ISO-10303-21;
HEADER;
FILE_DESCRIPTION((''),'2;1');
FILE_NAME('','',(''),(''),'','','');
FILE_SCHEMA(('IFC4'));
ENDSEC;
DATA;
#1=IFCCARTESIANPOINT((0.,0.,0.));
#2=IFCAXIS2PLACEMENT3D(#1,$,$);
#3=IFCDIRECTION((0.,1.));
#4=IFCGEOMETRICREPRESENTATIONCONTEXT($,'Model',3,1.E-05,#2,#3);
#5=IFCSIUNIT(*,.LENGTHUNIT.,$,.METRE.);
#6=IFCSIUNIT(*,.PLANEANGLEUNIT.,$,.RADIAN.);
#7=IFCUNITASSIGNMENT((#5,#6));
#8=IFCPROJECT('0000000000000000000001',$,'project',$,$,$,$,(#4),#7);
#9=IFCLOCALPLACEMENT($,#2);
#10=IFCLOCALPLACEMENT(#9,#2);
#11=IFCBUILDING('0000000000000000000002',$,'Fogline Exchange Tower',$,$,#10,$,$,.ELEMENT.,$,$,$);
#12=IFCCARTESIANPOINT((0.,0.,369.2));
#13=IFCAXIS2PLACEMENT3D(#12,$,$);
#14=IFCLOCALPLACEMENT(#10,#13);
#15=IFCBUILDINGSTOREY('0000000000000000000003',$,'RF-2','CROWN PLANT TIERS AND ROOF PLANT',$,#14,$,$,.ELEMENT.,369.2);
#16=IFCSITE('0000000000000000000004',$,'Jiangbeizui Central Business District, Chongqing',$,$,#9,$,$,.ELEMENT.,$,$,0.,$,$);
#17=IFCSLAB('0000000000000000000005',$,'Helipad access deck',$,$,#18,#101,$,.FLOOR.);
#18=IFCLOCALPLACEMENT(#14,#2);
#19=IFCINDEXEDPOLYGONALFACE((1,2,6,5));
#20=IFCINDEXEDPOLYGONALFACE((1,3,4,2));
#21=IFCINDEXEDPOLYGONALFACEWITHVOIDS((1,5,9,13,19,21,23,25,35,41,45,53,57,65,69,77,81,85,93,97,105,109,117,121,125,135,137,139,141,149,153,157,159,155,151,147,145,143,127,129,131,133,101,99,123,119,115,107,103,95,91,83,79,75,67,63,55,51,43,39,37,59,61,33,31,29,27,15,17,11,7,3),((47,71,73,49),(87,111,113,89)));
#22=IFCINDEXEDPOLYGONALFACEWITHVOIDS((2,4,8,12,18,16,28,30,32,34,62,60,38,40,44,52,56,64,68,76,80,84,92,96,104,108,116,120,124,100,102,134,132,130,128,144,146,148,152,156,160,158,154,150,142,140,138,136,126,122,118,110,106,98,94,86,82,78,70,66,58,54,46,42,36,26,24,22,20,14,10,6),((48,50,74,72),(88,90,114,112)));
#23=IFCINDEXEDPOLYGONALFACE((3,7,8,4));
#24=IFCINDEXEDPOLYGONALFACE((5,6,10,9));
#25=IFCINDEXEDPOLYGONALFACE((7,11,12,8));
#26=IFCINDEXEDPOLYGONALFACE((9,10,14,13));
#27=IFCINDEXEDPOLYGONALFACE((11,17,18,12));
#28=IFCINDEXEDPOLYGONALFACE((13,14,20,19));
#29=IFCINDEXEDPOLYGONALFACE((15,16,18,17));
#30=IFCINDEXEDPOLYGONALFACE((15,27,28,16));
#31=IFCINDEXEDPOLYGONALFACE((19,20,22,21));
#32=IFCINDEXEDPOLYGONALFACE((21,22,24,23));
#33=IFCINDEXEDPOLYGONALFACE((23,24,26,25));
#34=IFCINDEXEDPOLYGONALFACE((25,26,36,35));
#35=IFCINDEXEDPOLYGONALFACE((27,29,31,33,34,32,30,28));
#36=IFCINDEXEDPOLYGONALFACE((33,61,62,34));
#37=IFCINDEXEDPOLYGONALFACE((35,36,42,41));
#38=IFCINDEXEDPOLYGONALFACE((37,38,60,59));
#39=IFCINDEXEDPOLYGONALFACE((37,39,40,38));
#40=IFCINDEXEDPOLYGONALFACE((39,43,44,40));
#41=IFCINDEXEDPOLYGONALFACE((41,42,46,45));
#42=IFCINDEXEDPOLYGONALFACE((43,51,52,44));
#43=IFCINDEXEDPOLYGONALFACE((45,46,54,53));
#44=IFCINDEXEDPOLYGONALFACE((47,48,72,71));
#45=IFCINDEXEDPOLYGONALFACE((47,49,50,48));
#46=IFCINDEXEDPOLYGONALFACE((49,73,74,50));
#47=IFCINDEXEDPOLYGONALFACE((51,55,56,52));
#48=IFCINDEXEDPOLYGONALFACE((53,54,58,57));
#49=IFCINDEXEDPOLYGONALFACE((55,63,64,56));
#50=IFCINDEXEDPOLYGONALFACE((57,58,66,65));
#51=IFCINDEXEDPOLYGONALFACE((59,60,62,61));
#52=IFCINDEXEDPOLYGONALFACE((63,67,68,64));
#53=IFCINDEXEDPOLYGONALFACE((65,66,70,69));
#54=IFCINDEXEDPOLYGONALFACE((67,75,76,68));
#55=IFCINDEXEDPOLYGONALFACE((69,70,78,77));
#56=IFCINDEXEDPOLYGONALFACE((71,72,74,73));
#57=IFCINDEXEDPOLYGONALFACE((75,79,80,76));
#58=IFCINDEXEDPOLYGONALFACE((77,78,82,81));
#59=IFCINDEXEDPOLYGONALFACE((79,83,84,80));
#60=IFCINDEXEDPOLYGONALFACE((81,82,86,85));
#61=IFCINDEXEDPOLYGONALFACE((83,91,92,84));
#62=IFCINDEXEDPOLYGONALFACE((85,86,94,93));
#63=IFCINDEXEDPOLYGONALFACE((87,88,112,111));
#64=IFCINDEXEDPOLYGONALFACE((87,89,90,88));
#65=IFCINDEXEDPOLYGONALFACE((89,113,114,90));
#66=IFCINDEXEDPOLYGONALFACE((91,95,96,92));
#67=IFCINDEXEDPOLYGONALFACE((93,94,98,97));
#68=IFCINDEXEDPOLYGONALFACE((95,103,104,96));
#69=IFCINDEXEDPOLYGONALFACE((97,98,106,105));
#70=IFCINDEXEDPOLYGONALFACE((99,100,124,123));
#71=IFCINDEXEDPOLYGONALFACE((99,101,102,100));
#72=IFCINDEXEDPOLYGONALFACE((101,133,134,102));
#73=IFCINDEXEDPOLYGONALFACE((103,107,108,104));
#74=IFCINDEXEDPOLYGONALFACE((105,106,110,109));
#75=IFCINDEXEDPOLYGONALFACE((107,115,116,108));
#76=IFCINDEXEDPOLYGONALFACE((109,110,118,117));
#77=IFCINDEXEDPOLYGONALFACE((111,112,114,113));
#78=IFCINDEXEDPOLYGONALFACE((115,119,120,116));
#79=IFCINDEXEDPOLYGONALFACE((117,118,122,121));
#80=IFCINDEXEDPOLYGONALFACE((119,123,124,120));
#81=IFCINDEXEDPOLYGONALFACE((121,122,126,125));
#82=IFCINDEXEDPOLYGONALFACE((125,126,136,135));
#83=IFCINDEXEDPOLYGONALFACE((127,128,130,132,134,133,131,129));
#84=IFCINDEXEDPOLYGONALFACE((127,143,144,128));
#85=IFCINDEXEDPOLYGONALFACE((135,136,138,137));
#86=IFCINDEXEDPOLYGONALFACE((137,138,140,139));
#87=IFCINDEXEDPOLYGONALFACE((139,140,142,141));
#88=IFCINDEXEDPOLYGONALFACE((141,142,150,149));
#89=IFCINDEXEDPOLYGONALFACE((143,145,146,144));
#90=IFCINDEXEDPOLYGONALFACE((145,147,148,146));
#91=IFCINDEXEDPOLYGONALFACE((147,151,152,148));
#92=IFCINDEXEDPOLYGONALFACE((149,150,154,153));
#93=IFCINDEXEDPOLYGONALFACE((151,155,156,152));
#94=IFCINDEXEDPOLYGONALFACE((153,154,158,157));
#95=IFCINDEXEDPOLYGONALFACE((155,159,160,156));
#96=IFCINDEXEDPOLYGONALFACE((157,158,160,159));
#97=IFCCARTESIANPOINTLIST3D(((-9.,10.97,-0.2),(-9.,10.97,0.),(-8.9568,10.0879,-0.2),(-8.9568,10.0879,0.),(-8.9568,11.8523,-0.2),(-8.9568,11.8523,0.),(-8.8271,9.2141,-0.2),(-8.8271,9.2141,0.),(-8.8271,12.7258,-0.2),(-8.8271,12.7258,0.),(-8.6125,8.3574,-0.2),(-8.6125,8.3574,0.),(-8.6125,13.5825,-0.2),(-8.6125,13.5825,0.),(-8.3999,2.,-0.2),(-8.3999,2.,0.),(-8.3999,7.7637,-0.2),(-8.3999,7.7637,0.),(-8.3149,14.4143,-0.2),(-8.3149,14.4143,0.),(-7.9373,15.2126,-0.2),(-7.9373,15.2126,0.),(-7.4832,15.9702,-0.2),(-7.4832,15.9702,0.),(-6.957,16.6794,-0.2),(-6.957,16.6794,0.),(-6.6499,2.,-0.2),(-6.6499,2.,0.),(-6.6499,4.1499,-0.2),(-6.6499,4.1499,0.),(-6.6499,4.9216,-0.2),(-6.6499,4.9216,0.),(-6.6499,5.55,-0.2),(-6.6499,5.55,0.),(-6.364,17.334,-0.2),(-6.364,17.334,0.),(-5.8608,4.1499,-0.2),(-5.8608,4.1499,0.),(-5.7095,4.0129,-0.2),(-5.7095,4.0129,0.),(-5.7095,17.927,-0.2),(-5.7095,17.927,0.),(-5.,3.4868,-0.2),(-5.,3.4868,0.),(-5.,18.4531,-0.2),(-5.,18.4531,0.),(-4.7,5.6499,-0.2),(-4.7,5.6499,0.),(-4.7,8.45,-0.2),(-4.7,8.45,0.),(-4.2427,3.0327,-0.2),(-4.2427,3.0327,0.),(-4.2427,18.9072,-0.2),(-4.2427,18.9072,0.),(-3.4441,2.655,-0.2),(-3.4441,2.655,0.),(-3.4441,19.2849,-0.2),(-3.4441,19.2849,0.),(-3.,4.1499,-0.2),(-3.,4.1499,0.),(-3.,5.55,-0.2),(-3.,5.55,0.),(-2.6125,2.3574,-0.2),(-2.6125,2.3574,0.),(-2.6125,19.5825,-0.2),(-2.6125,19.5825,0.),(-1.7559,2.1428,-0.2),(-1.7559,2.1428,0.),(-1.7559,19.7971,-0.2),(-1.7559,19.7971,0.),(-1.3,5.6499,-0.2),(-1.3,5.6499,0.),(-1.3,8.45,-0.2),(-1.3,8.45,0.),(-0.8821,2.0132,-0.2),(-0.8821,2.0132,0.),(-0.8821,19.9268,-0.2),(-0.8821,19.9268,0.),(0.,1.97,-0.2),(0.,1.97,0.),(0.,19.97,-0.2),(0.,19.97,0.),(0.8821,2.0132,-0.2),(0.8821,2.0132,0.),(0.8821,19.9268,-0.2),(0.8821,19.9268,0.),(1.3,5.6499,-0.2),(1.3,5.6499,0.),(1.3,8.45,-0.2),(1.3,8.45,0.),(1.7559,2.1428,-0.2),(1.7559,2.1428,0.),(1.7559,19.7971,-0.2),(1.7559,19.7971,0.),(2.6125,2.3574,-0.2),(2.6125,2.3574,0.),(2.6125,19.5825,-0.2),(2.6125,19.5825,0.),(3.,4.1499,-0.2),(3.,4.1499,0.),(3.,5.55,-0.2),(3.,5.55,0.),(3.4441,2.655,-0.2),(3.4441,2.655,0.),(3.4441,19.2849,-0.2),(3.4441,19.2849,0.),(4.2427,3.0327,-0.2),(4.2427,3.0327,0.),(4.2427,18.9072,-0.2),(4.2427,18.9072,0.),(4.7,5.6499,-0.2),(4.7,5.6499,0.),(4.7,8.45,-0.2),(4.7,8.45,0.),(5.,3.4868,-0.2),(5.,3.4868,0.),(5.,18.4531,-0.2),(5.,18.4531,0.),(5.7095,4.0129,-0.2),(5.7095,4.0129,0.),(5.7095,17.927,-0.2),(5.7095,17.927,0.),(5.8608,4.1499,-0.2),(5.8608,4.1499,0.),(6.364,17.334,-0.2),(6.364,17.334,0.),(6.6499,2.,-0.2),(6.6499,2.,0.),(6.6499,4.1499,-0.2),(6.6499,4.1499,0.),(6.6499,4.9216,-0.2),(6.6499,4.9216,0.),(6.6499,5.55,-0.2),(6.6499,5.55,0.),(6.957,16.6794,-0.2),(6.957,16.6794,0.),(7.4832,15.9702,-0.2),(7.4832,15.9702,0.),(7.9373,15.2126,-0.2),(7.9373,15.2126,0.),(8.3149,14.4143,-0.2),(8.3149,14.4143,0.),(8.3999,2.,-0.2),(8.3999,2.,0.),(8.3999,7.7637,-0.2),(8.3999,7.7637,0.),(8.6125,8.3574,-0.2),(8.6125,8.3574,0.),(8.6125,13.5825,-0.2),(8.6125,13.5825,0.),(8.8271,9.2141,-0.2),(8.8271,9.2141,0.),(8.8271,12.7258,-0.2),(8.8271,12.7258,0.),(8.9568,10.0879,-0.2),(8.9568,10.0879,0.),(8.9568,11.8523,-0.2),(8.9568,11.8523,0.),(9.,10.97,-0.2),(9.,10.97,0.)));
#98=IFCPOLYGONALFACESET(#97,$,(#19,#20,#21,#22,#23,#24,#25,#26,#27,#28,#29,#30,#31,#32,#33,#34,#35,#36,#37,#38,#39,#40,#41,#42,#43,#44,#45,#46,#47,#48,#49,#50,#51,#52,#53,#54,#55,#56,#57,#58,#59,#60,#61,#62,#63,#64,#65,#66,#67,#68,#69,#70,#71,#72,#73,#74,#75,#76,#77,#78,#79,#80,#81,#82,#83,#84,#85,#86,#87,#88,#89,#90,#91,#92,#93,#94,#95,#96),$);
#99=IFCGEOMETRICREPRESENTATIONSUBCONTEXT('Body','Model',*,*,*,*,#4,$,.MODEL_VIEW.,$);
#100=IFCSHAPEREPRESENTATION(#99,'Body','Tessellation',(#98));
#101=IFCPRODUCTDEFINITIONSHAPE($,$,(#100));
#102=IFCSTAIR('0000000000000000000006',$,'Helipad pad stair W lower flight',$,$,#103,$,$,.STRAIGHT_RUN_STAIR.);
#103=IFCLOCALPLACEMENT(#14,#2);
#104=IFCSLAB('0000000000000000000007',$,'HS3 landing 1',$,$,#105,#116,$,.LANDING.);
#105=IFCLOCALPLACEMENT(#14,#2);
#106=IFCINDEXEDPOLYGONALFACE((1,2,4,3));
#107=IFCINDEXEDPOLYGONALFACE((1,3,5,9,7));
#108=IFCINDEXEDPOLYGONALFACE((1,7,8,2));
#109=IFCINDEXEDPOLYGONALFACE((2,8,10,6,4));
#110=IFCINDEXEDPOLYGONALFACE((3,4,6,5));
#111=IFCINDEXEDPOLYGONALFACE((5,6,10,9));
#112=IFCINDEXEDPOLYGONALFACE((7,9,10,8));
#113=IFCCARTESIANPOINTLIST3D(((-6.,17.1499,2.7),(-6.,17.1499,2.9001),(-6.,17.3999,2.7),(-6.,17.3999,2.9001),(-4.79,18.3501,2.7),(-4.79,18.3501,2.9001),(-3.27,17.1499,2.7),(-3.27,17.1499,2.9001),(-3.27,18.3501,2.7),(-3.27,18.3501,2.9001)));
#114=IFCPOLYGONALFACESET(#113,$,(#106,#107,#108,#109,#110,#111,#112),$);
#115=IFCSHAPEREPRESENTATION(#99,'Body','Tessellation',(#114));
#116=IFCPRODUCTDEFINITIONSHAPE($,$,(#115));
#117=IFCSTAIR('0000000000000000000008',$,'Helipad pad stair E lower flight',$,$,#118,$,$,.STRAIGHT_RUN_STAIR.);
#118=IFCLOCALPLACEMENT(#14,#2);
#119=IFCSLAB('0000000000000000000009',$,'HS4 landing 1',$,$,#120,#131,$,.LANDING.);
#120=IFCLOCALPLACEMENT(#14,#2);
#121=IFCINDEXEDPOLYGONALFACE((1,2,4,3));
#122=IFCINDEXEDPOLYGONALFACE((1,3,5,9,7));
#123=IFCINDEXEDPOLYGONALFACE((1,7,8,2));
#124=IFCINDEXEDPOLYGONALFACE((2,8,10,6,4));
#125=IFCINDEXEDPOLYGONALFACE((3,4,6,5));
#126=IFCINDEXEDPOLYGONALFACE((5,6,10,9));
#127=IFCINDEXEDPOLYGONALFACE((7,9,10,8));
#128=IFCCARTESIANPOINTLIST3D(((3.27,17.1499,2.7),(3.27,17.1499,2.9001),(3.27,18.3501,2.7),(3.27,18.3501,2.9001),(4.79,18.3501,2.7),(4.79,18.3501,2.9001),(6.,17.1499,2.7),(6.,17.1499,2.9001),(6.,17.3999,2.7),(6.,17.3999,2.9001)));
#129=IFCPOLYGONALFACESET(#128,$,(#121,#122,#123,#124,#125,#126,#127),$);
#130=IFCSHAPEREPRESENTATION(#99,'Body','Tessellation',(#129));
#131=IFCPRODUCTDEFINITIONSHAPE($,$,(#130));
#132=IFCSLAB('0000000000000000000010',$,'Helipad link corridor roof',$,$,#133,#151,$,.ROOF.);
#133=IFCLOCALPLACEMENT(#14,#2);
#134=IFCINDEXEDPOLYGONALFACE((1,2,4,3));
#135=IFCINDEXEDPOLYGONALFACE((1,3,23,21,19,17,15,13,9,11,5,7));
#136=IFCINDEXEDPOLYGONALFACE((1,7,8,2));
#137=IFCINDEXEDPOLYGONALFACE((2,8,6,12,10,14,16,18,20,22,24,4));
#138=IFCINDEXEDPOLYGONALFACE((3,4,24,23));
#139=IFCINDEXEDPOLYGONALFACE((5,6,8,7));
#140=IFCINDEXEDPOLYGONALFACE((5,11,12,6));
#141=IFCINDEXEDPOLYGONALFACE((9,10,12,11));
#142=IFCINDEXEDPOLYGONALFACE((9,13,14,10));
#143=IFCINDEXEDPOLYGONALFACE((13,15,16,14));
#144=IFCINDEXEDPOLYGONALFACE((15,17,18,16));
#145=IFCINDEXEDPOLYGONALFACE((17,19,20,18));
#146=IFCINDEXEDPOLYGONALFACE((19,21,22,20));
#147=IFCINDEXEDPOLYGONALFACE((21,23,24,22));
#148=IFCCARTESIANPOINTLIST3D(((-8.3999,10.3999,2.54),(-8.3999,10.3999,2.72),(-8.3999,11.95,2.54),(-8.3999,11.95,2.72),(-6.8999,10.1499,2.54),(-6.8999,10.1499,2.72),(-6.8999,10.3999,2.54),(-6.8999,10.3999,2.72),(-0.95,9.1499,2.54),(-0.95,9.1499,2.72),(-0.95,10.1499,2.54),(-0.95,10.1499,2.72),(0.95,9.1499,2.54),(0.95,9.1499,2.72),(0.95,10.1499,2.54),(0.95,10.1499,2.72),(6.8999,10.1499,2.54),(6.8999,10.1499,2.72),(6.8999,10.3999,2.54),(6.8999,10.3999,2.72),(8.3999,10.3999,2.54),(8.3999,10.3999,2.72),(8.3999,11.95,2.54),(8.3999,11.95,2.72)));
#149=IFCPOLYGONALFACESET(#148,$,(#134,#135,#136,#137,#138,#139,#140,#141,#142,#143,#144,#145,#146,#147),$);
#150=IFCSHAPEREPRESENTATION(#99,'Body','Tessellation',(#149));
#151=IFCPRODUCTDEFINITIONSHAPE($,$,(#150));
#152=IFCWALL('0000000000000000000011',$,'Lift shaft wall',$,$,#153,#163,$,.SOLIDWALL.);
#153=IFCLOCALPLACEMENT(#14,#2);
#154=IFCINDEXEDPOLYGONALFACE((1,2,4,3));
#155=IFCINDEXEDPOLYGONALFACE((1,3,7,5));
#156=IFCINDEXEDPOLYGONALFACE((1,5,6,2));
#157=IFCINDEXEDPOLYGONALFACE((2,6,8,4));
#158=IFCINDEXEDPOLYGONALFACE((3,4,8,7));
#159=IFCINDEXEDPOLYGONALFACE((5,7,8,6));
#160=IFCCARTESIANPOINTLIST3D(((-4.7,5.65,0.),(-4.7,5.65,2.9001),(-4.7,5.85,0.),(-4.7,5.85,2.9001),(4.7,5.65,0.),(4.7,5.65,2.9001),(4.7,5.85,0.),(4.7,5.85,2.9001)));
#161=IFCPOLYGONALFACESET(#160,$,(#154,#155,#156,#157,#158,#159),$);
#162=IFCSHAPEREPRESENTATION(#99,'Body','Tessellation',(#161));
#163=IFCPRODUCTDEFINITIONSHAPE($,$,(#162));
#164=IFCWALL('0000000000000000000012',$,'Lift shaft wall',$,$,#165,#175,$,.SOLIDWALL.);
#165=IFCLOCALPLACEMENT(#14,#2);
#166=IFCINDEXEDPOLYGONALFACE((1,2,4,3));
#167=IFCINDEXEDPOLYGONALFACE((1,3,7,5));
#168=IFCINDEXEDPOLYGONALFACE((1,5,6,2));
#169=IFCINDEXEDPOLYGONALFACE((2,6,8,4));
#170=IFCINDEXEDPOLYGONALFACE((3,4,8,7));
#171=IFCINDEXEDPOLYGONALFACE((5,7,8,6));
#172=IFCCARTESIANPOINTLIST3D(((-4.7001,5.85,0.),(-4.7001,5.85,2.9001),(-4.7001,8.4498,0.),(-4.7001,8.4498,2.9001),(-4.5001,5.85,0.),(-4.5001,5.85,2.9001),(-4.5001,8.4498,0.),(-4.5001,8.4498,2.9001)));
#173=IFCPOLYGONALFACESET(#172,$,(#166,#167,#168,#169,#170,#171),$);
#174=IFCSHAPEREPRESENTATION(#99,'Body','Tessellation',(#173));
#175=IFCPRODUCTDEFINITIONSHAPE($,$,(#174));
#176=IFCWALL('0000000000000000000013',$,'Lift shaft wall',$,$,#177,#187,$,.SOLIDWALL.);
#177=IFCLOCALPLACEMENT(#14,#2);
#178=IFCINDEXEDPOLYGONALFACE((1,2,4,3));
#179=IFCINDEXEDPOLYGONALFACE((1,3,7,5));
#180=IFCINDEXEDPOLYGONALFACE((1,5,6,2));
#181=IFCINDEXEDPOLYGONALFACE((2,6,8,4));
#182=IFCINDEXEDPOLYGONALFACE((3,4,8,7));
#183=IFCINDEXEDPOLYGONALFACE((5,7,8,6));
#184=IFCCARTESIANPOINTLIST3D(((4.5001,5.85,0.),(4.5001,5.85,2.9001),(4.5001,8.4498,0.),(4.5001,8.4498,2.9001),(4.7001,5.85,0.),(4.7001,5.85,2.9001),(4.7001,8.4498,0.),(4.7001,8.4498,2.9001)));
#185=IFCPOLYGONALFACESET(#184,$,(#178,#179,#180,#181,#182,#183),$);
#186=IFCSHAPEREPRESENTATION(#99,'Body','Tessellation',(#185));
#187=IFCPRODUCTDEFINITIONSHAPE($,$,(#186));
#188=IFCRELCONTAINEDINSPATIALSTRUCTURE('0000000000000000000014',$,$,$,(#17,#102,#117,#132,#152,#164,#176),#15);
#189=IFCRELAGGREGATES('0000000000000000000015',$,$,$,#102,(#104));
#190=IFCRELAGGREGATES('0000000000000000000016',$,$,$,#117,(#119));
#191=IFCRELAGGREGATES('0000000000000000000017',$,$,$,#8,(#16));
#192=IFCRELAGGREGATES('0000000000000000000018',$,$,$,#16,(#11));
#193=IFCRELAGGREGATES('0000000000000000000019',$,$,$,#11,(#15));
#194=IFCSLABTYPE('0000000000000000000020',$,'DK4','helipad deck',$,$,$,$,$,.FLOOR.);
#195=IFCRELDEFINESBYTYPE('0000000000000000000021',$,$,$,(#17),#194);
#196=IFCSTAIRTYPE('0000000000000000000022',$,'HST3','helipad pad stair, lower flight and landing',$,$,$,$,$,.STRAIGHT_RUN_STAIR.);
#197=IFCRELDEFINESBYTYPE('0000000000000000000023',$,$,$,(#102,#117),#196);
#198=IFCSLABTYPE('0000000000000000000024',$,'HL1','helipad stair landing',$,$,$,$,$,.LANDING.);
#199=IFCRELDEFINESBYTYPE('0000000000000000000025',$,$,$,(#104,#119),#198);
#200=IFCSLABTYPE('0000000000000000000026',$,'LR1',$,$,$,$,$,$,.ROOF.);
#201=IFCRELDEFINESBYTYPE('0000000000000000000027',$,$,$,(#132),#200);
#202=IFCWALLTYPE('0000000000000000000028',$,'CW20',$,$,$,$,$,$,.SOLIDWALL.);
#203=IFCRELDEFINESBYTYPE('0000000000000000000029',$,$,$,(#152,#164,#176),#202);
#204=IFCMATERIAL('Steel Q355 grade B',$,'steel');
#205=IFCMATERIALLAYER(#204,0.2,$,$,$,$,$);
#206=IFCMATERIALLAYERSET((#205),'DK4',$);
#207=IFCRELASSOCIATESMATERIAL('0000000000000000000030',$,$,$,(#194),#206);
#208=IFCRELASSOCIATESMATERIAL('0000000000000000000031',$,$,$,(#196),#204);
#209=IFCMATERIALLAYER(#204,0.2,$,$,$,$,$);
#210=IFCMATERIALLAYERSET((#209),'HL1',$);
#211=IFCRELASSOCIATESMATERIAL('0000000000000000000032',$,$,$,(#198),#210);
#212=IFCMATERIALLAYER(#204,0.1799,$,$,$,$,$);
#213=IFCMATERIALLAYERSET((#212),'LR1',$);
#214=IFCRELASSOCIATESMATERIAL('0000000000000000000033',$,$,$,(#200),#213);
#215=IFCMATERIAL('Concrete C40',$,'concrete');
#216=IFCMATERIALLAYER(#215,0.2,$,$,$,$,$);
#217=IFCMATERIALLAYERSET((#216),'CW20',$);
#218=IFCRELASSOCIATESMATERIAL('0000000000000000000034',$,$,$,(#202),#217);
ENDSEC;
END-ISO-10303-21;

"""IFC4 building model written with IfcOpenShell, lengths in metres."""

from ifc_helpers import new_model, si_unit, direction, frame, frame_2d, origin, place, context, subcontext, project, spatial, polyline, rectangle, outline, extrude, material, layer, layer_set, type_object, element, aggregate, save


model = new_model("IFC4")

# Units and contexts
model_context = context("Model", 3, precision=1e-05, world=origin(), true_north=direction((0.0, 1.0)))
body_context = subcontext(model_context, "Body", "Model", "MODEL_VIEW")
ifc_project = project(units=[si_unit("LENGTHUNIT", "METRE"), si_unit("PLANEANGLEUNIT", "RADIAN")], contexts=[model_context])

# Site, building, storey
site_placement = place(None, origin())
site = spatial("IfcSite", under=ifc_project, at=site_placement, Name="Jiangbeizui Central Business District, Chongqing", CompositionType="ELEMENT", RefElevation=0.0)
building_placement = place(site_placement, origin())
building = spatial("IfcBuilding", under=site, at=building_placement, Name="Fogline Exchange Tower", CompositionType="ELEMENT")
storey_placement = place(building_placement, frame((0.0, 0.0, 369.2)))
storey = spatial("IfcBuildingStorey", under=building, at=storey_placement, Name="RF-2", Description="CROWN PLANT TIERS AND ROOF PLANT", CompositionType="ELEMENT", Elevation=369.2)

# Slab
ifc_material_1 = material(Name="Steel Q355 grade B", Category="steel")
ifc_layer_1 = layer(ifc_material_1, 0.2)
ifc_layer_set_1 = layer_set([ifc_layer_1], Name="DK4")
slab_type_1 = type_object("IfcSlabType", Name="DK4", Description="helipad deck", PredefinedType="FLOOR", material=ifc_layer_set_1)
slab_1_placement = place(storey_placement, frame((0.0, 0.0, -0.2)))
element("IfcSlab", 1, at=slab_1_placement, inside=storey, type_object=slab_type_1, Name="Helipad access deck", PredefinedType="FLOOR", context=body_context, shape_type="SweptSolid", body=[
    extrude(outline(polyline([(-8.6125, 8.3574), (-8.3999, 7.7637), (-8.3999, 2.0), (-6.6499, 2.0), (-6.6499, 4.1499), (-6.6499, 4.9216), (-6.6499, 5.55), (-3.0, 5.55), (-3.0, 4.1499), (-5.8608, 4.1499), (-5.7095, 4.0129), (-5.0, 3.4868), (-4.2427, 3.0327), (-3.4441, 2.655), (-2.6125, 2.3574), (-1.7559, 2.1428), (-0.8821, 2.0132), (0.0, 1.97), (0.8821, 2.0132), (1.7559, 2.1428), (2.6125, 2.3574), (3.4441, 2.655), (4.2427, 3.0327), (5.0, 3.4868), (5.7095, 4.0129), (5.8608, 4.1499), (3.0, 4.1499), (3.0, 5.55), (6.6499, 5.55), (6.6499, 4.9216), (6.6499, 4.1499), (6.6499, 2.0), (8.3999, 2.0), (8.3999, 7.7637), (8.6125, 8.3574), (8.8271, 9.2141), (8.9568, 10.0879), (9.0, 10.97), (8.9568, 11.8523), (8.8271, 12.7258), (8.6125, 13.5825), (8.3149, 14.4143), (7.9373, 15.2126), (7.4832, 15.9702), (6.957, 16.6794), (6.364, 17.334), (5.7095, 17.927), (5.0, 18.4531), (4.2427, 18.9072), (3.4441, 19.2849), (2.6125, 19.5825), (1.7559, 19.7971), (0.8821, 19.9268), (0.0, 19.97), (-0.8821, 19.9268), (-1.7559, 19.7971), (-2.6125, 19.5825), (-3.4441, 19.2849), (-4.2427, 18.9072), (-5.0, 18.4531), (-5.7095, 17.927), (-6.364, 17.334), (-6.957, 16.6794), (-7.4832, 15.9702), (-7.9373, 15.2126), (-8.3149, 14.4143), (-8.6125, 13.5825), (-8.8271, 12.7258), (-8.9568, 11.8523), (-9.0, 10.97), (-8.9568, 10.0879), (-8.8271, 9.2141), (-8.6125, 8.3574)]), holes=[polyline([(-4.7, 8.45), (-1.3, 8.45), (-1.3, 5.6499), (-4.7, 5.6499), (-4.7, 8.45)]), polyline([(1.3, 8.45), (4.7, 8.45), (4.7, 5.6499), (1.3, 5.6499), (1.3, 8.45)])]), origin(), (0.0, 0.0, 1.0), 0.2),
])

# Stairs, slabs
stair_type = type_object("IfcStairType", Name="HST3", Description="helipad pad stair, lower flight and landing", PredefinedType="STRAIGHT_RUN_STAIR", material=ifc_material_1)
stair_1_placement = place(storey_placement, origin())
stair_1 = element("IfcStair", 2, at=stair_1_placement, inside=storey, type_object=stair_type, Name="Helipad pad stair W lower flight", PredefinedType="STRAIGHT_RUN_STAIR")
ifc_layer_2 = layer(ifc_material_1, 0.2)
ifc_layer_set_2 = layer_set([ifc_layer_2], Name="HL1")
slab_type_2 = type_object("IfcSlabType", Name="HL1", Description="helipad stair landing", PredefinedType="LANDING", material=ifc_layer_set_2)
slab_2_placement = place(storey_placement, frame((0.0, 0.0, 2.7)))
slab_2 = element("IfcSlab", 3, at=slab_2_placement, type_object=slab_type_2, Name="HS3 landing 1", PredefinedType="LANDING", context=body_context, shape_type="SweptSolid", body=[
    extrude(outline(polyline([(-3.27, 17.1499), (-6.0, 17.1499), (-6.0, 17.3999), (-4.79, 18.3501), (-3.27, 18.3501), (-3.27, 17.1499)])), origin(), (0.0, 0.0, 1.0), 0.2002),
])
aggregate(stair_1, [slab_2])
stair_2_placement = place(storey_placement, origin())
stair_2 = element("IfcStair", 4, at=stair_2_placement, inside=storey, type_object=stair_type, Name="Helipad pad stair E lower flight", PredefinedType="STRAIGHT_RUN_STAIR")
slab_3_placement = place(storey_placement, frame((0.0, 0.0, 2.7)))
slab_3 = element("IfcSlab", 5, at=slab_3_placement, type_object=slab_type_2, Name="HS4 landing 1", PredefinedType="LANDING", context=body_context, shape_type="SweptSolid", body=[
    extrude(outline(polyline([(3.27, 17.1499), (6.0, 17.1499), (6.0, 17.3999), (4.79, 18.3501), (3.27, 18.3501), (3.27, 17.1499)])), origin(), (0.0, 0.0, 1.0), 0.2002),
])
aggregate(stair_2, [slab_3])

# Slab
ifc_layer_3 = layer(ifc_material_1, 0.1799)
ifc_layer_set_3 = layer_set([ifc_layer_3], Name="LR1")
slab_type_3 = type_object("IfcSlabType", Name="LR1", PredefinedType="ROOF", material=ifc_layer_set_3)
slab_4_placement = place(storey_placement, frame((0.0, 0.0, 2.54)))
element("IfcSlab", 6, at=slab_4_placement, inside=storey, type_object=slab_type_3, Name="Helipad link corridor roof", PredefinedType="ROOF", context=body_context, shape_type="SweptSolid", body=[
    extrude(outline(polyline([(0.95, 9.1499), (-0.95, 9.1499), (-0.95, 10.1499), (-6.8999, 10.1499), (-6.8999, 10.3999), (-8.3999, 10.3999), (-8.3999, 11.95), (8.3999, 11.95), (8.3999, 10.3999), (6.8999, 10.3999), (6.8999, 10.1499), (0.95, 10.1499), (0.95, 9.1499)])), origin(), (0.0, 0.0, 1.0), 0.1799),
])

# Walls
ifc_material_2 = material(Name="Concrete C40", Category="concrete")
ifc_layer_4 = layer(ifc_material_2, 0.2)
ifc_layer_set_4 = layer_set([ifc_layer_4], Name="CW20")
wall_type_1 = type_object("IfcWallType", Name="CW20", PredefinedType="SOLIDWALL", material=ifc_layer_set_4)
wall_1_placement = place(storey_placement, frame((-4.7, 5.75, 0.0), z_axis=(0.0, 0.0, 1.0), x_axis=(1.0, 0.0, 0.0)))
element("IfcWall", 7, at=wall_1_placement, inside=storey, type_object=wall_type_1, Name="Lift shaft wall", PredefinedType="SOLIDWALL", context=body_context, shape_type="SweptSolid", body=[
    extrude(rectangle(XDim=9.3999, YDim=0.2, at=frame_2d((4.7, 0.0))), origin(), (0.0, 0.0, 1.0), 2.9001),
])
for number, where, z_axis, x_axis, name in (
    (8, (-4.6001, 5.8501, 0.0), (0.0, 0.0, 1.0), (0.0, 1.0, 0.0), "Lift shaft wall"),
    (9, (4.6001, 5.8501, 0.0), (0.0, 0.0, 1.0), (0.0, 1.0, 0.0), "Lift shaft wall"),
):
    element("IfcWall", number, at=place(storey_placement, frame(where, z_axis=z_axis, x_axis=x_axis)), inside=storey, type_object=wall_type_1, Name=name, PredefinedType="SOLIDWALL", context=body_context, shape_type="SweptSolid", body=[
        extrude(rectangle(XDim=2.5999, YDim=0.2, at=frame_2d((1.2998, 0.0))), origin(), (0.0, 0.0, 1.0), 2.9001),
    ])

save(model, "model.ifc")
